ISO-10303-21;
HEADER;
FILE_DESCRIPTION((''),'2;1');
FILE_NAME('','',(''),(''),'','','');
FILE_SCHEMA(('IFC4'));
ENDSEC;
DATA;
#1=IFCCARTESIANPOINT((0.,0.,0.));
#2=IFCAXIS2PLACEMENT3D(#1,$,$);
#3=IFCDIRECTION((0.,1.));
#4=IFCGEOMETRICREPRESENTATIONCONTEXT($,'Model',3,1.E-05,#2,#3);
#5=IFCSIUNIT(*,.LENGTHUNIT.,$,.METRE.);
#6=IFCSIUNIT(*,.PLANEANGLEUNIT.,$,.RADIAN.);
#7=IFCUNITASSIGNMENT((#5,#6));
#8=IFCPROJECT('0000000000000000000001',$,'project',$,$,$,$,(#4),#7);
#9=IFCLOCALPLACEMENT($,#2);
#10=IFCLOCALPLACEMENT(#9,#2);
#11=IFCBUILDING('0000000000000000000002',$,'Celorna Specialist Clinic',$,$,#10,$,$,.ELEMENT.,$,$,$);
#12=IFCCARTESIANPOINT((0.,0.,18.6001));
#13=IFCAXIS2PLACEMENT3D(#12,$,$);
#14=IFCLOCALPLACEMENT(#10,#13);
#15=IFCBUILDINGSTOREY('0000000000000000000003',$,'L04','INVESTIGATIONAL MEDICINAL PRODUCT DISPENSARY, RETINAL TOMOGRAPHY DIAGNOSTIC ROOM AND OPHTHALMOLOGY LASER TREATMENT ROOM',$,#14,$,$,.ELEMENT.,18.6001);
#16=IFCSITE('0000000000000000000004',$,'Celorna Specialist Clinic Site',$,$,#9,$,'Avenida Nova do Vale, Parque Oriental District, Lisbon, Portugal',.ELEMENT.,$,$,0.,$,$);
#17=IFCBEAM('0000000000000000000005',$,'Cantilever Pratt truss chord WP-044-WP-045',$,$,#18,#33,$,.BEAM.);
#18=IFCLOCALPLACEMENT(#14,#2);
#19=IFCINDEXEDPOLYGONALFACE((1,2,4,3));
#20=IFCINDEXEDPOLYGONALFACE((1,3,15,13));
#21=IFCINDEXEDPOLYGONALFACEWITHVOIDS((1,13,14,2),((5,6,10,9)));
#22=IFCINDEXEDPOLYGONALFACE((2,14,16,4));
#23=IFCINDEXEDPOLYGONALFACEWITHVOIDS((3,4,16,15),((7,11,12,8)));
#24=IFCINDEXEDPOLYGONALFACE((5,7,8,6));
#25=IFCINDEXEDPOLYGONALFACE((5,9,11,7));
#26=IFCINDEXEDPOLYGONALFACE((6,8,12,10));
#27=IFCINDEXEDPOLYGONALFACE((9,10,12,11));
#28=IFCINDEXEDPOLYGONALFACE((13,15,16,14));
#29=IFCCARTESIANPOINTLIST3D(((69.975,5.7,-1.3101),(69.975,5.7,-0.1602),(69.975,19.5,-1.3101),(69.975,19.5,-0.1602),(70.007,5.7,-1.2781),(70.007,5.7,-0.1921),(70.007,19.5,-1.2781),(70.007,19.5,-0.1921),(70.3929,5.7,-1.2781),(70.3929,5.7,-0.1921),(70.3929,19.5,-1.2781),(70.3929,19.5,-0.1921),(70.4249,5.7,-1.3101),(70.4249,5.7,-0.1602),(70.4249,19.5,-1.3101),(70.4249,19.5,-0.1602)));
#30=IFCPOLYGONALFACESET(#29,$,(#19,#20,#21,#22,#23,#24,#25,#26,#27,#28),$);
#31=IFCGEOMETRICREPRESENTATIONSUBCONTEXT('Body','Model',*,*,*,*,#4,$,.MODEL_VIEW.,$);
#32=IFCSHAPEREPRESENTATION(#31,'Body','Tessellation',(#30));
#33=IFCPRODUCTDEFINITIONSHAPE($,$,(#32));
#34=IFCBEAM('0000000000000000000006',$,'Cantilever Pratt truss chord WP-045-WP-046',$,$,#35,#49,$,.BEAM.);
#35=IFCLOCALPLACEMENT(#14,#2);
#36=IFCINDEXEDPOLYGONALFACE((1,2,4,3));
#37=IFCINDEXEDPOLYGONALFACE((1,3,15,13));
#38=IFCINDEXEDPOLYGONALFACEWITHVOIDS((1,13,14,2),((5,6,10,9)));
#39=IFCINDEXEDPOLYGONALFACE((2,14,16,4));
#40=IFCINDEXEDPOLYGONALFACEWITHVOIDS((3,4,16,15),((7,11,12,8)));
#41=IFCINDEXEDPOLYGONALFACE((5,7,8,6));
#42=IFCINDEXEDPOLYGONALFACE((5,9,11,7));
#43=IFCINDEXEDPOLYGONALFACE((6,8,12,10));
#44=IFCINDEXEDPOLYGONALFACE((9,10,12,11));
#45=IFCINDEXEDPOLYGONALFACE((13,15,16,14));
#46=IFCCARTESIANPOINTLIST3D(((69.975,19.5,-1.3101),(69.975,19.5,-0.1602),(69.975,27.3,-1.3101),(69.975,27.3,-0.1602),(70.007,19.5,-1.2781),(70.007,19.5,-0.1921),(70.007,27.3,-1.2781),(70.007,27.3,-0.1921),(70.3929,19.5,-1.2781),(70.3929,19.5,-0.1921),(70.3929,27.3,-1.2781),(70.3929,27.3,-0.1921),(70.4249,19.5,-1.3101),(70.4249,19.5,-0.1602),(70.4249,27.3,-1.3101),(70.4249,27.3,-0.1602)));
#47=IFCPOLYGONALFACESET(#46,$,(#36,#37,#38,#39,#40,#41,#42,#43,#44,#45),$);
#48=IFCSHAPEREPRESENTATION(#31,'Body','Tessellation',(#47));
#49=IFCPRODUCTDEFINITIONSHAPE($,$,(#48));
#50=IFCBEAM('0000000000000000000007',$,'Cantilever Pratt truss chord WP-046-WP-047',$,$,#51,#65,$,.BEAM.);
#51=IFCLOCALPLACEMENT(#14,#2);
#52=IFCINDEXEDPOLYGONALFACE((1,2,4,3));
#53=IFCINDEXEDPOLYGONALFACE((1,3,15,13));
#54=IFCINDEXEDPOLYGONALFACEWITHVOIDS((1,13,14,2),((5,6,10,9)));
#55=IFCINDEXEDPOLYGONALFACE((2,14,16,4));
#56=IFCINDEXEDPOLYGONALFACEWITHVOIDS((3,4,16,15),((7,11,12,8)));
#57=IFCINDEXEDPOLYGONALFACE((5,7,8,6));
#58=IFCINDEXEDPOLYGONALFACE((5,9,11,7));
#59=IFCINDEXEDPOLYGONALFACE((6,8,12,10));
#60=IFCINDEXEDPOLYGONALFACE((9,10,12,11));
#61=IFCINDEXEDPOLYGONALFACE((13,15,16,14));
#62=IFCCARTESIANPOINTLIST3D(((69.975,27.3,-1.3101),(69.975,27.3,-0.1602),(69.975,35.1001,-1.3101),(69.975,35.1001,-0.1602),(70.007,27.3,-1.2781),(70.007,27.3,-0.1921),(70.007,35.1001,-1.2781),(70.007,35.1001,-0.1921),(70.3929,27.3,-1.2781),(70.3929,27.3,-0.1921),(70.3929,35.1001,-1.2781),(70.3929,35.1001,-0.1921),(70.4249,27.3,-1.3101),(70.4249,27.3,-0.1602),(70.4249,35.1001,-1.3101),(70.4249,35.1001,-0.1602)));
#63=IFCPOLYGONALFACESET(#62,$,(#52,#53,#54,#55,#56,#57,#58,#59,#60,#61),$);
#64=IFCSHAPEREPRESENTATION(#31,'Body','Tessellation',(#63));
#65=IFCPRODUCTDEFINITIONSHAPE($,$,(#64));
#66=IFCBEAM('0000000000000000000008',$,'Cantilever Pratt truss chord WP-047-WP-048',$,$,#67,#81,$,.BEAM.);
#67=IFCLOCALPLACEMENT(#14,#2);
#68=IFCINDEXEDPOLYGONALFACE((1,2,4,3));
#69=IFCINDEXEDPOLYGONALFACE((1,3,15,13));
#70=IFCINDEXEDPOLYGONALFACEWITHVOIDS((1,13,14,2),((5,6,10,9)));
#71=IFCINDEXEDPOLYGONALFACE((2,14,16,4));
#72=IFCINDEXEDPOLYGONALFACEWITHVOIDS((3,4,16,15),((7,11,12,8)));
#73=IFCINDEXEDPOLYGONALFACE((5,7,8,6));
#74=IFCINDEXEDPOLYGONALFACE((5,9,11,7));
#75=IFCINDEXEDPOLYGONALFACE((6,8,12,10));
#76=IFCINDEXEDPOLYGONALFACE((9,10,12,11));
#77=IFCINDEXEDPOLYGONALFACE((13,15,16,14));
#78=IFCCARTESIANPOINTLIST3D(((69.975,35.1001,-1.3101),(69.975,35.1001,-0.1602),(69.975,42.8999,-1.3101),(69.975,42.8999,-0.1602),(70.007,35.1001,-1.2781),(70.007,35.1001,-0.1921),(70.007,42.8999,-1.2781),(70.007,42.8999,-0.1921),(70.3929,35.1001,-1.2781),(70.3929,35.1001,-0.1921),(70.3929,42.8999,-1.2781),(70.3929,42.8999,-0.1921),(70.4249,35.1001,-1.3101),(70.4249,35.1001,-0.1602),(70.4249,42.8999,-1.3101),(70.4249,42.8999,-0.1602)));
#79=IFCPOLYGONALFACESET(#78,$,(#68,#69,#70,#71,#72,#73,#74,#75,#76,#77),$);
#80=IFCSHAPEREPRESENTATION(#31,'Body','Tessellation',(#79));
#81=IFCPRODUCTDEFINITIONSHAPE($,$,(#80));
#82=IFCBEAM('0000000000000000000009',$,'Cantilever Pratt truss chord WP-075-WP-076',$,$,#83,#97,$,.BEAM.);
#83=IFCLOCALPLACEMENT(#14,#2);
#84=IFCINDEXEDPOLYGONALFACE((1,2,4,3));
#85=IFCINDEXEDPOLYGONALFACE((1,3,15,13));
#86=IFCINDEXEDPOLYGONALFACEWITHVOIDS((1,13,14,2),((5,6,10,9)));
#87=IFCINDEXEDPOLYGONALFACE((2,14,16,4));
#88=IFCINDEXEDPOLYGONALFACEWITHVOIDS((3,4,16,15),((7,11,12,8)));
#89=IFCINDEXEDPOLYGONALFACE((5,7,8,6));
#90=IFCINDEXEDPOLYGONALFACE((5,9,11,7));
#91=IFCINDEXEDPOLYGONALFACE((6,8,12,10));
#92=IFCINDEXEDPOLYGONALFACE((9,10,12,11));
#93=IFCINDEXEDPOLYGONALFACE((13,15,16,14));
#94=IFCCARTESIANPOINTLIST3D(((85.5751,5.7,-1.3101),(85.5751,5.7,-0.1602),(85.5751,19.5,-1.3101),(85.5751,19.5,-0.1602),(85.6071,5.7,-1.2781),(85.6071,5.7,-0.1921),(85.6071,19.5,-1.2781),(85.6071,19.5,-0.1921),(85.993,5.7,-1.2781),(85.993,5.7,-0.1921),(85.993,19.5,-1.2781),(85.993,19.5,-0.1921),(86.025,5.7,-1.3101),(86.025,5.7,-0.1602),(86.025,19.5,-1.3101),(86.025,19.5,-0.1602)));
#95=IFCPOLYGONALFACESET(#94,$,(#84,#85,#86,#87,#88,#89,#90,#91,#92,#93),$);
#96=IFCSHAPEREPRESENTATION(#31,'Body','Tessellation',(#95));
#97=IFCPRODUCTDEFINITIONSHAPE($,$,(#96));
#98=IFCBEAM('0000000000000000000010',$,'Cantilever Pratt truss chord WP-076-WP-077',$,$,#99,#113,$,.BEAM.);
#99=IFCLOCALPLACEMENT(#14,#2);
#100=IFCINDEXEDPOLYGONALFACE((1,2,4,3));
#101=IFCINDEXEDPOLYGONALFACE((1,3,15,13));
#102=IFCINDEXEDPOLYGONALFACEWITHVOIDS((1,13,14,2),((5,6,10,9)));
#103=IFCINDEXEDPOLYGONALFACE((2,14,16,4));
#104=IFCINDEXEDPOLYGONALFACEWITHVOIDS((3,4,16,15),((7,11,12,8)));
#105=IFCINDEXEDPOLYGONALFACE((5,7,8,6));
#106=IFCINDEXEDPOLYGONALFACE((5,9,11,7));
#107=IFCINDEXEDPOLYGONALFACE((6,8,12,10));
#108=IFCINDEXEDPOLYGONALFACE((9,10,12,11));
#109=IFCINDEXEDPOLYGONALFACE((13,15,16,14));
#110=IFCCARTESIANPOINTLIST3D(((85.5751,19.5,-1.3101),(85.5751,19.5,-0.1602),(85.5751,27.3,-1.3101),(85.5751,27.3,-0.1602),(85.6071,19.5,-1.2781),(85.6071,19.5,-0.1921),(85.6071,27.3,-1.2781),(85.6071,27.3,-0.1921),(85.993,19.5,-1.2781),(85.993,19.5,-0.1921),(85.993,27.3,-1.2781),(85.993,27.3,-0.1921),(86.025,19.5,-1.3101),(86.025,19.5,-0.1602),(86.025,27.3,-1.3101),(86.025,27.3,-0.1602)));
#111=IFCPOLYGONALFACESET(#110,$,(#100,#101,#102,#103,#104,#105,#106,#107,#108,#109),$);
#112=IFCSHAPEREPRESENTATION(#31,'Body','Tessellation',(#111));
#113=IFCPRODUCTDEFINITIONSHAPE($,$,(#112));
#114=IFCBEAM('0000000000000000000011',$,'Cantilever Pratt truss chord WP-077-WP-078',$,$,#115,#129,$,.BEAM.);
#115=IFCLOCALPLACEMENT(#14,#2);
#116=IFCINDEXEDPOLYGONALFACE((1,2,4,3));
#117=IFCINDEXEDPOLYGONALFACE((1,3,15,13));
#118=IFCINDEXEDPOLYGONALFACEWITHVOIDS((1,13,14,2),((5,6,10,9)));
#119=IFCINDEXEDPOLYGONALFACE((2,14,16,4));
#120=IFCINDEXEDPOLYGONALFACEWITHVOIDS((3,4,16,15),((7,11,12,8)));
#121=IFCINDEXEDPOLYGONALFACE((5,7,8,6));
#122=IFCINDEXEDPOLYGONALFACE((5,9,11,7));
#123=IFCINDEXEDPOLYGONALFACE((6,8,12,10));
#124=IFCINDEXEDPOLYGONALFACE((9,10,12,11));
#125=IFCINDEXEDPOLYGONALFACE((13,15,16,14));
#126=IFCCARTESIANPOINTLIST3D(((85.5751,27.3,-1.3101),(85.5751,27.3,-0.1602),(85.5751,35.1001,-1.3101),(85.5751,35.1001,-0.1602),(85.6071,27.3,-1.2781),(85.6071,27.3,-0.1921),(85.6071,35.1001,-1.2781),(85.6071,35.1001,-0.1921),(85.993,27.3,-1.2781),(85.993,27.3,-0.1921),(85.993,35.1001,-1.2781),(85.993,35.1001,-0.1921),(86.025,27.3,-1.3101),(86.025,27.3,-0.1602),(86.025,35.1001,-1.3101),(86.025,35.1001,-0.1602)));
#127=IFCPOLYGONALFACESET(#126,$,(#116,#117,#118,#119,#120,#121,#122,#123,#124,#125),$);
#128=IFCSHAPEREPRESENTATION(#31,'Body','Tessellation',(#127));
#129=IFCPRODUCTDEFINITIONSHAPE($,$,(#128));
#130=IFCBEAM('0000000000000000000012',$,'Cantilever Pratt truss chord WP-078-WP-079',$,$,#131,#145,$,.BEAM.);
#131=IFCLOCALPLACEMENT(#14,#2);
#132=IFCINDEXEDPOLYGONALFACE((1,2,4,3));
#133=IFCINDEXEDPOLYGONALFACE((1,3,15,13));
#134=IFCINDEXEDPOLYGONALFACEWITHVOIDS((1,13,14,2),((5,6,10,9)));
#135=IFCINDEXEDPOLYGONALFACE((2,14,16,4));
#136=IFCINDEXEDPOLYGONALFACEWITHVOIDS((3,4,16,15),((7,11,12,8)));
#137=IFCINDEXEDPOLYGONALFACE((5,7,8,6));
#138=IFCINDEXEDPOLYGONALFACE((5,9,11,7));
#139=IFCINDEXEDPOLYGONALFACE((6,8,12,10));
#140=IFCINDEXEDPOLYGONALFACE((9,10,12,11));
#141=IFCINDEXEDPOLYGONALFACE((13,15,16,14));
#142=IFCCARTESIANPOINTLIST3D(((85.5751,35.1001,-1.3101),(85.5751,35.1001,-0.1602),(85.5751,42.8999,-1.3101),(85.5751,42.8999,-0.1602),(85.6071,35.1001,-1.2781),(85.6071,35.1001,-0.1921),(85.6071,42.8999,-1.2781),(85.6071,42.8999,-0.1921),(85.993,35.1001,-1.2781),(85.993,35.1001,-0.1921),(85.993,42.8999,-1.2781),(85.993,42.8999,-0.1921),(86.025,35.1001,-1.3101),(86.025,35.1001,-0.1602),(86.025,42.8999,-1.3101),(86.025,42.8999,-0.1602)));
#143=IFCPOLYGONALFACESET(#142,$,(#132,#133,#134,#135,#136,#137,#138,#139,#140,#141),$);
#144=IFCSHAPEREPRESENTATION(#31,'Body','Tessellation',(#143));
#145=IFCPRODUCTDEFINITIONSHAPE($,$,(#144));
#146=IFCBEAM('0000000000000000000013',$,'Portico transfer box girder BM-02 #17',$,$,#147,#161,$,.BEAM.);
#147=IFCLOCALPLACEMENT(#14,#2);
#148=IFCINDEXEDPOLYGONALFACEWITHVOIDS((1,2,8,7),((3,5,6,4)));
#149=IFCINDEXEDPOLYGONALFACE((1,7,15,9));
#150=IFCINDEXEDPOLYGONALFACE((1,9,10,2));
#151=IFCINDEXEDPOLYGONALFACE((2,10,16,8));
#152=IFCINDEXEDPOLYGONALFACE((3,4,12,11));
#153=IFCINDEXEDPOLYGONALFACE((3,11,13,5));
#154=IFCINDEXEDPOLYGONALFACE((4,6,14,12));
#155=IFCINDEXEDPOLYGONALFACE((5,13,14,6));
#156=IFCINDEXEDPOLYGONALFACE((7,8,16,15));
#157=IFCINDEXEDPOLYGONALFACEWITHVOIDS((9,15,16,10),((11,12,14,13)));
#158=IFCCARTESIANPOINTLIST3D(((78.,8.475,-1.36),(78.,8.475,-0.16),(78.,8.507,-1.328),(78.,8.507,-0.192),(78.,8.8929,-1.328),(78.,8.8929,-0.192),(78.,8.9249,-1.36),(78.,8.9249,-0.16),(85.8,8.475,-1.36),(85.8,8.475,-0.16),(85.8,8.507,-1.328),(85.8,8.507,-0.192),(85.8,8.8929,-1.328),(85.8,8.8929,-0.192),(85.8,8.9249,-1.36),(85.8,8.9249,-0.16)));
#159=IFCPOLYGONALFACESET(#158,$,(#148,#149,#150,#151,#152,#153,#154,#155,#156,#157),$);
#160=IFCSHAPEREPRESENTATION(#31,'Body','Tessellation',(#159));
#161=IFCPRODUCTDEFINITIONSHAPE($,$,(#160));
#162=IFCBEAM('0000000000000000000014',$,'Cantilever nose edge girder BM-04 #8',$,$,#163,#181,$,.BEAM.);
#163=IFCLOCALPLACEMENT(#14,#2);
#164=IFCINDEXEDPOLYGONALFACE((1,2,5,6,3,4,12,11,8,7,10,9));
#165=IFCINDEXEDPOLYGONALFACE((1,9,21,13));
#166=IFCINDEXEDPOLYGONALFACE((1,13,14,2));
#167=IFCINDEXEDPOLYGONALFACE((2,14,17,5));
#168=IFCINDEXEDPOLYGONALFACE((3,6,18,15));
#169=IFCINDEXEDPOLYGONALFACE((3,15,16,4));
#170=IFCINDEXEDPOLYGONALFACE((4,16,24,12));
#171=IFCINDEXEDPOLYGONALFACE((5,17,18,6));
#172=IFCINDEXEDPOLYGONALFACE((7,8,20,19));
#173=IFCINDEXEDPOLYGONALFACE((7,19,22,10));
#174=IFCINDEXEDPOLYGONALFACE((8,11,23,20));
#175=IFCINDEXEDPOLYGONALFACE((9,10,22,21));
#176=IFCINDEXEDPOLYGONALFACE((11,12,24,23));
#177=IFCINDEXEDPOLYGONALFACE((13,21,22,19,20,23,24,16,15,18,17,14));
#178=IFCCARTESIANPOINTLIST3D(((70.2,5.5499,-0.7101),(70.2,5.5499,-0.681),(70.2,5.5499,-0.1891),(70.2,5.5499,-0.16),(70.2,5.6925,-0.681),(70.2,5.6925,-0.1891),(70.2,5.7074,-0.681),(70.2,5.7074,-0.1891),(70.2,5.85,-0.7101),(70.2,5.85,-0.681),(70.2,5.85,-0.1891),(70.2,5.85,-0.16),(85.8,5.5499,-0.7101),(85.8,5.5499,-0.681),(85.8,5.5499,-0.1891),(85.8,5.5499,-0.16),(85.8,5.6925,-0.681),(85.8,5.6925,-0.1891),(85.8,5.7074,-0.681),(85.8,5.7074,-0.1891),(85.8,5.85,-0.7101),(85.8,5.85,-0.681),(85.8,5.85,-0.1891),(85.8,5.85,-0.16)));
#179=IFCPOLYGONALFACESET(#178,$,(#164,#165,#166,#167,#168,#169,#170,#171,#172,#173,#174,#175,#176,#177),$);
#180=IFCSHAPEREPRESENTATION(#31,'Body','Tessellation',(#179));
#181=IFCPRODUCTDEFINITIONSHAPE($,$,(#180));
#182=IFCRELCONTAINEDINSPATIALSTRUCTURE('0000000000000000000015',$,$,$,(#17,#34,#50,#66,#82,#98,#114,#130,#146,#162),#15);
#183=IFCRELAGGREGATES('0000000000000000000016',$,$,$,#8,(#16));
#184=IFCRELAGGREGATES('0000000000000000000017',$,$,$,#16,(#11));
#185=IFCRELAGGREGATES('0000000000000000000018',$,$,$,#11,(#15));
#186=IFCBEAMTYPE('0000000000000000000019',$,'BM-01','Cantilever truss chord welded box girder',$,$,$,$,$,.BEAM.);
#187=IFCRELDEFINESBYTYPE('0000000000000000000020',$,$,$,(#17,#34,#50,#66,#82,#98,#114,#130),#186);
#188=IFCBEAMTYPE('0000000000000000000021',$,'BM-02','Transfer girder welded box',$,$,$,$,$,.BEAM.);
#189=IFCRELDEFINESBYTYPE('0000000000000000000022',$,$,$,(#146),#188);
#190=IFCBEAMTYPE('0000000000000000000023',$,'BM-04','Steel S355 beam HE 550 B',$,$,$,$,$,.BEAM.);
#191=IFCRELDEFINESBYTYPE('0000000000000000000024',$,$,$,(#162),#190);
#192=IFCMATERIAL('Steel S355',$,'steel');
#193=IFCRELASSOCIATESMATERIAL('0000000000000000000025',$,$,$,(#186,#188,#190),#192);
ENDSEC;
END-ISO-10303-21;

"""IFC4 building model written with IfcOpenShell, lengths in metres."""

from ifc_helpers import new_model, si_unit, direction, frame, origin, origin_2d, place, context, subcontext, project, spatial, hollow_rectangle, i_section, extrude, material, material_profile, profile_set, type_object, element, save


model = new_model("IFC4")

# Units and contexts
model_context = context("Model", 3, precision=1e-05, world=origin(), true_north=direction((0.0, 1.0)))
body_context = subcontext(model_context, "Body", "Model", "MODEL_VIEW")
ifc_project = project(units=[si_unit("LENGTHUNIT", "METRE"), si_unit("PLANEANGLEUNIT", "RADIAN")], contexts=[model_context])

# Site, building, storey
site_placement = place(None, origin())
site = spatial("IfcSite", under=ifc_project, at=site_placement, Name="Celorna Specialist Clinic Site", LongName="Avenida Nova do Vale, Parque Oriental District, Lisbon, Portugal", CompositionType="ELEMENT", RefElevation=0.0)
building_placement = place(site_placement, origin())
building = spatial("IfcBuilding", under=site, at=building_placement, Name="Celorna Specialist Clinic", CompositionType="ELEMENT")
storey_placement = place(building_placement, frame((0.0, 0.0, 18.6001)))
storey = spatial("IfcBuildingStorey", under=building, at=storey_placement, Name="L04", Description="INVESTIGATIONAL MEDICINAL PRODUCT DISPENSARY, RETINAL TOMOGRAPHY DIAGNOSTIC ROOM AND OPHTHALMOLOGY LASER TREATMENT ROOM", CompositionType="ELEMENT", Elevation=18.6001)

# Beams
ifc_material = material(Name="Steel S355", Category="steel")
ifc_material_profile_1 = material_profile(ifc_material, hollow_rectangle(XDim=0.45, YDim=1.1499, WallThickness=0.032, at=origin_2d()), Name="BOX 450x1150x32")
ifc_profile_set_1 = profile_set([ifc_material_profile_1], Name="Steel S355")
beam_type_1 = type_object("IfcBeamType", Name="BM-01", Description="Cantilever truss chord welded box girder", PredefinedType="BEAM", material=ifc_profile_set_1)
beam_1_placement = place(storey_placement, frame((70.2, 5.7, -0.7351), z_axis=(0.0, 1.0, 0.0), x_axis=(-1.0, 0.0, 0.0)))
element("IfcBeam", 1, at=beam_1_placement, inside=storey, type_object=beam_type_1, Name="Cantilever Pratt truss chord WP-044-WP-045", PredefinedType="BEAM", context=body_context, shape_type="SweptSolid", body=[
    extrude(hollow_rectangle(XDim=0.45, YDim=1.1499, WallThickness=0.032, at=origin_2d()), origin(), (0.0, 0.0, 1.0), 13.8),
])
for number, where, z_axis, x_axis, name in (
    (2, (70.2, 19.5, -0.7351), (0.0, 1.0, 0.0), (-1.0, 0.0, 0.0), "Cantilever Pratt truss chord WP-045-WP-046"),
    (3, (70.2, 27.3, -0.7351), (0.0, 1.0, 0.0), (-1.0, 0.0, 0.0), "Cantilever Pratt truss chord WP-046-WP-047"),
):
    element("IfcBeam", number, at=place(storey_placement, frame(where, z_axis=z_axis, x_axis=x_axis)), inside=storey, type_object=beam_type_1, Name=name, PredefinedType="BEAM", context=body_context, shape_type="SweptSolid", body=[
        extrude(hollow_rectangle(XDim=0.45, YDim=1.1499, WallThickness=0.032, at=origin_2d()), origin(), (0.0, 0.0, 1.0), 7.8),
    ])
beam_2_placement = place(storey_placement, frame((70.2, 35.1001, -0.7351), z_axis=(0.0, 1.0, 0.0), x_axis=(-1.0, 0.0, 0.0)))
element("IfcBeam", 4, at=beam_2_placement, inside=storey, type_object=beam_type_1, Name="Cantilever Pratt truss chord WP-047-WP-048", PredefinedType="BEAM", context=body_context, shape_type="SweptSolid", body=[
    extrude(hollow_rectangle(XDim=0.45, YDim=1.1499, WallThickness=0.032, at=origin_2d()), origin(), (0.0, 0.0, 1.0), 7.7998),
])
beam_3_placement = place(storey_placement, frame((85.8, 5.7, -0.7351), z_axis=(0.0, 1.0, 0.0), x_axis=(-1.0, 0.0, 0.0)))
element("IfcBeam", 5, at=beam_3_placement, inside=storey, type_object=beam_type_1, Name="Cantilever Pratt truss chord WP-075-WP-076", PredefinedType="BEAM", context=body_context, shape_type="SweptSolid", body=[
    extrude(hollow_rectangle(XDim=0.45, YDim=1.1499, WallThickness=0.032, at=origin_2d()), origin(), (0.0, 0.0, 1.0), 13.8),
])
for number, where, z_axis, x_axis, name in (
    (6, (85.8, 19.5, -0.7351), (0.0, 1.0, 0.0), (-1.0, 0.0, 0.0), "Cantilever Pratt truss chord WP-076-WP-077"),
    (7, (85.8, 27.3, -0.7351), (0.0, 1.0, 0.0), (-1.0, 0.0, 0.0), "Cantilever Pratt truss chord WP-077-WP-078"),
):
    element("IfcBeam", number, at=place(storey_placement, frame(where, z_axis=z_axis, x_axis=x_axis)), inside=storey, type_object=beam_type_1, Name=name, PredefinedType="BEAM", context=body_context, shape_type="SweptSolid", body=[
        extrude(hollow_rectangle(XDim=0.45, YDim=1.1499, WallThickness=0.032, at=origin_2d()), origin(), (0.0, 0.0, 1.0), 7.8),
    ])
beam_4_placement = place(storey_placement, frame((85.8, 35.1001, -0.7351), z_axis=(0.0, 1.0, 0.0), x_axis=(-1.0, 0.0, 0.0)))
element("IfcBeam", 8, at=beam_4_placement, inside=storey, type_object=beam_type_1, Name="Cantilever Pratt truss chord WP-078-WP-079", PredefinedType="BEAM", context=body_context, shape_type="SweptSolid", body=[
    extrude(hollow_rectangle(XDim=0.45, YDim=1.1499, WallThickness=0.032, at=origin_2d()), origin(), (0.0, 0.0, 1.0), 7.7998),
])
ifc_material_profile_2 = material_profile(ifc_material, hollow_rectangle(XDim=0.45, YDim=1.2, WallThickness=0.032, at=origin_2d()), Name="BOX 450x1200x32")
ifc_profile_set_2 = profile_set([ifc_material_profile_2], Name="Steel S355")
beam_type_2 = type_object("IfcBeamType", Name="BM-02", Description="Transfer girder welded box", PredefinedType="BEAM", material=ifc_profile_set_2)
beam_5_placement = place(storey_placement, frame((78.0, 8.7, -0.76), z_axis=(1.0, 0.0, 0.0), x_axis=(0.0, 1.0, 0.0)))
element("IfcBeam", 9, at=beam_5_placement, inside=storey, type_object=beam_type_2, Name="Portico transfer box girder BM-02 #17", PredefinedType="BEAM", context=body_context, shape_type="SweptSolid", body=[
    extrude(hollow_rectangle(XDim=0.45, YDim=1.2, WallThickness=0.032, at=origin_2d()), origin(), (0.0, 0.0, 1.0), 7.8),
])
ifc_material_profile_3 = material_profile(ifc_material, i_section(OverallWidth=0.3, OverallDepth=0.55, WebThickness=0.0149, FlangeThickness=0.0291, at=origin_2d()), Name="HE 550 B")
ifc_profile_set_3 = profile_set([ifc_material_profile_3], Name="Steel S355")
beam_type_3 = type_object("IfcBeamType", Name="BM-04", Description="Steel S355 beam HE 550 B", PredefinedType="BEAM", material=ifc_profile_set_3)
beam_6_placement = place(storey_placement, frame((70.2, 5.7, -0.4351), z_axis=(1.0, 0.0, 0.0), x_axis=(0.0, 1.0, 0.0)))
element("IfcBeam", 10, at=beam_6_placement, inside=storey, type_object=beam_type_3, Name="Cantilever nose edge girder BM-04 #8", PredefinedType="BEAM", context=body_context, shape_type="SweptSolid", body=[
    extrude(i_section(OverallWidth=0.3, OverallDepth=0.55, WebThickness=0.0149, FlangeThickness=0.0291, at=origin_2d()), origin(), (0.0, 0.0, 1.0), 15.6001),
])

save(model, "model.ifc")
